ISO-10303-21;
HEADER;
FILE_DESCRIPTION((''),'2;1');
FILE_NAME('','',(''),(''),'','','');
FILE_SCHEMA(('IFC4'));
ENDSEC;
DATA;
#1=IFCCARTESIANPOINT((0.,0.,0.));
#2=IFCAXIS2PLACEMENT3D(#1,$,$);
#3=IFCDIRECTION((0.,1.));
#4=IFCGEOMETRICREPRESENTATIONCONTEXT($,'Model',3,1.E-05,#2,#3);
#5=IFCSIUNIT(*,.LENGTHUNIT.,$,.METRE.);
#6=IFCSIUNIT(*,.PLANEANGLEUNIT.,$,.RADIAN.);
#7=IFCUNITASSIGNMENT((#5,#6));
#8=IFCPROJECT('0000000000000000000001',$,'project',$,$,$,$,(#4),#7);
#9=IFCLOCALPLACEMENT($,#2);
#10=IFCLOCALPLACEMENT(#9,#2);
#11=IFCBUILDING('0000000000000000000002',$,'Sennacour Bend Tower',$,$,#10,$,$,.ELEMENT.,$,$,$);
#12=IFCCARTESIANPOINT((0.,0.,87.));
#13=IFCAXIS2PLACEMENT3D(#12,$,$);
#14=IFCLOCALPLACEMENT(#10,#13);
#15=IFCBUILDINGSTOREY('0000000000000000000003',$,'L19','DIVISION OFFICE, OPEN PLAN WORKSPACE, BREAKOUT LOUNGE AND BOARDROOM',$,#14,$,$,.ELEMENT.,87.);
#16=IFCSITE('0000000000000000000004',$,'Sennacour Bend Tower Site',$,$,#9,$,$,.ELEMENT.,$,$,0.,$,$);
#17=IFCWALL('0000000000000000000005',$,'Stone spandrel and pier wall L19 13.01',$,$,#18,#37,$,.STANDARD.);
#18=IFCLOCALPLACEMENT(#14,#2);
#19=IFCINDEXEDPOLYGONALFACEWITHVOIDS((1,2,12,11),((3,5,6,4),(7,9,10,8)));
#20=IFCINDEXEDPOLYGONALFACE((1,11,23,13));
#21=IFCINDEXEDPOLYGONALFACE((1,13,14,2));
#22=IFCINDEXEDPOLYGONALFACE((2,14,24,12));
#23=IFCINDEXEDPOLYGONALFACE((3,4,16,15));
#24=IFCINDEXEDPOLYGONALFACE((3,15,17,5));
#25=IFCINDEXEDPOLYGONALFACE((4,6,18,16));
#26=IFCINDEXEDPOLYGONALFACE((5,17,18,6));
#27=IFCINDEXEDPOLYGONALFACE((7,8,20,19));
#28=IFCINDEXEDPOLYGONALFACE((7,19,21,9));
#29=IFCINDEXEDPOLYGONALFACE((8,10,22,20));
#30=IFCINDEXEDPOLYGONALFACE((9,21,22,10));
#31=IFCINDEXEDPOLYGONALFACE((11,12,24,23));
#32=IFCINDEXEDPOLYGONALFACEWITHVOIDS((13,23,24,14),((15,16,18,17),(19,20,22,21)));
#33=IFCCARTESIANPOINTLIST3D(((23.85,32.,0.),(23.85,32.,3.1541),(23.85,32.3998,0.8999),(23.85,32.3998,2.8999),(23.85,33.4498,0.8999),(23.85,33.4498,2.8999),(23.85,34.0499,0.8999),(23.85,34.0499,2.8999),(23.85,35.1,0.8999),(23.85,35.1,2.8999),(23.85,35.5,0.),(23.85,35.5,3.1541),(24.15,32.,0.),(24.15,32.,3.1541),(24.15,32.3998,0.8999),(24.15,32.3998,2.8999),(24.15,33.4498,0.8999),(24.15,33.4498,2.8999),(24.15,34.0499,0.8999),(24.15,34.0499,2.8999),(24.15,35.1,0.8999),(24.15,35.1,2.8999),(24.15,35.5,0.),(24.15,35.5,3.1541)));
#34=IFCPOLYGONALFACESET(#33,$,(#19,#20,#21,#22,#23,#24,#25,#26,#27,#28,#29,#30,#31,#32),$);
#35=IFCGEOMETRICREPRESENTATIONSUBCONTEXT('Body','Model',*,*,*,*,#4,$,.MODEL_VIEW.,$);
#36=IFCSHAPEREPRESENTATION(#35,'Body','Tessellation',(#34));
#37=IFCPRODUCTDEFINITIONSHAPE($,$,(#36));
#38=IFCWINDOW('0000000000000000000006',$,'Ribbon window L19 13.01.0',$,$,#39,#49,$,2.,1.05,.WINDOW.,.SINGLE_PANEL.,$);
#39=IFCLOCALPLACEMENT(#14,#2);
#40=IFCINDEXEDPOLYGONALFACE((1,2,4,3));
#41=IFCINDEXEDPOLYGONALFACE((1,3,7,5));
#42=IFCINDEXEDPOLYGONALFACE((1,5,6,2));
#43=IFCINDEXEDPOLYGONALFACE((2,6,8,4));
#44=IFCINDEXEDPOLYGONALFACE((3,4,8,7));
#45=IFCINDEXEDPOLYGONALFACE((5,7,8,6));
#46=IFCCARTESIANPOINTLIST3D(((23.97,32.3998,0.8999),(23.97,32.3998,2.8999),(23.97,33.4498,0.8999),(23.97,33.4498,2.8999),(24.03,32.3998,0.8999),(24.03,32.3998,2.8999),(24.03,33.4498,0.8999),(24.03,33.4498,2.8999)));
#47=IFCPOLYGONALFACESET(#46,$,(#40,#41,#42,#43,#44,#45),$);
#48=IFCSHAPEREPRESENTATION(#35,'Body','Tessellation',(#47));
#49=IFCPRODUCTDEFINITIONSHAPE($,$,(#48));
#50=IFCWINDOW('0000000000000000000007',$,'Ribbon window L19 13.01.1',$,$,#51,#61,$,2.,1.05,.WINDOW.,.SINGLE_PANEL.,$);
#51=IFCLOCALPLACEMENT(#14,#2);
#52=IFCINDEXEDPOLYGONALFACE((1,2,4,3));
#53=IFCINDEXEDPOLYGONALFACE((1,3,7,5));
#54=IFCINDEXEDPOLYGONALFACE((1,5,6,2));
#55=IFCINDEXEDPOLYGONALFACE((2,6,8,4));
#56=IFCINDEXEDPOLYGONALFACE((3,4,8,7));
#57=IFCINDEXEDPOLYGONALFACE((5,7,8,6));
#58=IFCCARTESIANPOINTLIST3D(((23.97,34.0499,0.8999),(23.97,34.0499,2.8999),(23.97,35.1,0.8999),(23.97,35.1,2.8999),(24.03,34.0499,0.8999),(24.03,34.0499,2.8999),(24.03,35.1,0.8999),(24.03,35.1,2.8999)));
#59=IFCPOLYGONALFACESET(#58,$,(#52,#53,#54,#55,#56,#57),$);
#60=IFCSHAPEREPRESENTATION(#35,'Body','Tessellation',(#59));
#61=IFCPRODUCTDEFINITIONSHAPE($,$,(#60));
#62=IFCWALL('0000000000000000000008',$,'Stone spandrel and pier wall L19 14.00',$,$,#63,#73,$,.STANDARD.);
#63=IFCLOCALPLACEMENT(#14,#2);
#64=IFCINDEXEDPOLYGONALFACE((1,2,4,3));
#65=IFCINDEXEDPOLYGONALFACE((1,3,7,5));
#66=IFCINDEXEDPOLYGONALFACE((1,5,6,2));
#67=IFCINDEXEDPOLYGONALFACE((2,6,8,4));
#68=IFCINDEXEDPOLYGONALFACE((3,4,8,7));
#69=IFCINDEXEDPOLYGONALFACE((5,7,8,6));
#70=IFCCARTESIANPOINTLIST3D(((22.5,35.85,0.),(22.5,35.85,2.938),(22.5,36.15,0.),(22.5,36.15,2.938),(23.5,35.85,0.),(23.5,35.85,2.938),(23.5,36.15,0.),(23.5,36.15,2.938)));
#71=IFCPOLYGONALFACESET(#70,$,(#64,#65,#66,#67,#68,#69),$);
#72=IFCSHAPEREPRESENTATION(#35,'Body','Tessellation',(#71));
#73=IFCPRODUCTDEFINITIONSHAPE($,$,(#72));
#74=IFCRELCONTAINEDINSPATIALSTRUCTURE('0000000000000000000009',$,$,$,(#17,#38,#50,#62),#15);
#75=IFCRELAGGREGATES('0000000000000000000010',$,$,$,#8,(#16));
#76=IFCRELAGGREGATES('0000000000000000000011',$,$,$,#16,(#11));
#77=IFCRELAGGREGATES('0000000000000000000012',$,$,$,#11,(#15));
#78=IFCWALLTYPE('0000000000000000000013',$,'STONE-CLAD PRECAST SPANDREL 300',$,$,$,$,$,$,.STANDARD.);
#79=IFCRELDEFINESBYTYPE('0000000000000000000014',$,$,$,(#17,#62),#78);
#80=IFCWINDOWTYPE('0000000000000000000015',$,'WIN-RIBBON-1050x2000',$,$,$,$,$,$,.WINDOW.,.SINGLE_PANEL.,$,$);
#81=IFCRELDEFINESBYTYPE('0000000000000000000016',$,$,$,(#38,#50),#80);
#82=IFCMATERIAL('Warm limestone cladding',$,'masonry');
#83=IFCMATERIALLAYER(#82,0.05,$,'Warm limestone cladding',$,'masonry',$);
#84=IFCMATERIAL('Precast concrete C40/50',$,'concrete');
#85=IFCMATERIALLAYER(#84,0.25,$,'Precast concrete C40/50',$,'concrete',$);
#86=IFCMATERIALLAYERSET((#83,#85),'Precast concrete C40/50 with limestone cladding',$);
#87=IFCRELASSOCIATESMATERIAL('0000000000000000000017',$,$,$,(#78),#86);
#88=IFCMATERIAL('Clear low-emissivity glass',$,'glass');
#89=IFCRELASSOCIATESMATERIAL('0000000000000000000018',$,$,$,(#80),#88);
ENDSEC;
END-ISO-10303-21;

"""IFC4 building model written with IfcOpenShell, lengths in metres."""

from ifc_helpers import new_model, si_unit, direction, frame, frame_2d, origin, place, context, subcontext, project, spatial, rectangle, extrude, material, layer, layer_set, type_object, element, fill, save


model = new_model("IFC4")

# Units and contexts
model_context = context("Model", 3, precision=1e-05, world=origin(), true_north=direction((0.0, 1.0)))
body_context = subcontext(model_context, "Body", "Model", "MODEL_VIEW")
ifc_project = project(units=[si_unit("LENGTHUNIT", "METRE"), si_unit("PLANEANGLEUNIT", "RADIAN")], contexts=[model_context])

# Site, building, storey
site_placement = place(None, origin())
site = spatial("IfcSite", under=ifc_project, at=site_placement, Name="Sennacour Bend Tower Site", CompositionType="ELEMENT", RefElevation=0.0)
building_placement = place(site_placement, origin())
building = spatial("IfcBuilding", under=site, at=building_placement, Name="Sennacour Bend Tower", CompositionType="ELEMENT")
storey_placement = place(building_placement, frame((0.0, 0.0, 87.0)))
storey = spatial("IfcBuildingStorey", under=building, at=storey_placement, Name="L19", Description="DIVISION OFFICE, OPEN PLAN WORKSPACE, BREAKOUT LOUNGE AND BOARDROOM", CompositionType="ELEMENT", Elevation=87.0)

# Shared definitions
ifc_material_1 = material(Name="Warm limestone cladding", Category="masonry")
ifc_layer_1 = layer(ifc_material_1, 0.05, Name="Warm limestone cladding", Category="masonry")
ifc_material_2 = material(Name="Precast concrete C40/50", Category="concrete")
ifc_layer_2 = layer(ifc_material_2, 0.25, Name="Precast concrete C40/50", Category="concrete")
ifc_layer_set_1 = layer_set([ifc_layer_1, ifc_layer_2], Name="Precast concrete C40/50 with limestone cladding")
wall_type_1 = type_object("IfcWallType", Name="STONE-CLAD PRECAST SPANDREL 300", PredefinedType="STANDARD", material=ifc_layer_set_1)

# Wall, openings, windows
ifc_material_3 = material(Name="Clear low-emissivity glass", Category="glass")
window_type_1 = type_object("IfcWindowType", Name="WIN-RIBBON-1050x2000", PartitioningType="SINGLE_PANEL", PredefinedType="WINDOW", material=ifc_material_3)
wall_1_placement = place(storey_placement, frame((24.0, 32.0, 0.0), z_axis=(0.0, 0.0, 1.0), x_axis=(0.0, 1.0, 0.0)))
wall_1 = element("IfcWall", 1, at=wall_1_placement, inside=storey, type_object=wall_type_1, Name="Stone spandrel and pier wall L19 13.01", PredefinedType="STANDARD", context=body_context, shape_type="SweptSolid", body=[
    extrude(rectangle(XDim=3.5, YDim=0.3, at=frame_2d((1.75, 0.0))), origin(), (0.0, 0.0, 1.0), 3.1541),
])
opening_1_placement = place(wall_1_placement, frame((0.3999, 0.0, 0.8999)))
opening_1 = element("IfcOpeningElement", 2, at=opening_1_placement, cuts=wall_1, PredefinedType="OPENING", context=body_context, shape_type="SweptSolid", body=[
    extrude(rectangle(XDim=1.05, YDim=2.0, at=frame_2d((0.5249, 1.0))), frame((0.0, 0.1602, 0.0), z_axis=(0.0, -1.0, 0.0), x_axis=(1.0, 0.0, 0.0)), (0.0, 0.0, 1.0), 0.3201),
])
opening_2_placement = place(wall_1_placement, frame((2.05, 0.0, 0.8999)))
opening_2 = element("IfcOpeningElement", 3, at=opening_2_placement, cuts=wall_1, PredefinedType="OPENING", context=body_context, shape_type="SweptSolid", body=[
    extrude(rectangle(XDim=1.05, YDim=2.0, at=frame_2d((0.5249, 1.0))), frame((0.0, 0.1602, 0.0), z_axis=(0.0, -1.0, 0.0), x_axis=(1.0, 0.0, 0.0)), (0.0, 0.0, 1.0), 0.3201),
])
window_1_placement = place(opening_1_placement, origin())
window_1 = element("IfcWindow", 4, at=window_1_placement, inside=storey, type_object=window_type_1, Name="Ribbon window L19 13.01.0", OverallHeight=2.0, OverallWidth=1.05, PartitioningType="SINGLE_PANEL", PredefinedType="WINDOW", context=body_context, shape_type="SweptSolid", body=[
    extrude(rectangle(XDim=1.05, YDim=2.0, at=frame_2d((0.5249, 1.0))), frame((0.0, 0.03, 0.0), z_axis=(0.0, -1.0, 0.0), x_axis=(1.0, 0.0, 0.0)), (0.0, 0.0, 1.0), 0.0601),
])
fill(opening_1, window_1)
window_2_placement = place(opening_2_placement, origin())
window_2 = element("IfcWindow", 5, at=window_2_placement, inside=storey, type_object=window_type_1, Name="Ribbon window L19 13.01.1", OverallHeight=2.0, OverallWidth=1.05, PartitioningType="SINGLE_PANEL", PredefinedType="WINDOW", context=body_context, shape_type="SweptSolid", body=[
    extrude(rectangle(XDim=1.05, YDim=2.0, at=frame_2d((0.5249, 1.0))), frame((0.0, 0.03, 0.0), z_axis=(0.0, -1.0, 0.0), x_axis=(1.0, 0.0, 0.0)), (0.0, 0.0, 1.0), 0.0601),
])
fill(opening_2, window_2)

# Wall
wall_2_placement = place(storey_placement, frame((23.5, 36.0, 0.0), z_axis=(0.0, 0.0, 1.0), x_axis=(-1.0, 0.0, 0.0)))
element("IfcWall", 6, at=wall_2_placement, inside=storey, type_object=wall_type_1, Name="Stone spandrel and pier wall L19 14.00", PredefinedType="STANDARD", context=body_context, shape_type="SweptSolid", body=[
    extrude(rectangle(XDim=1.0, YDim=0.3, at=frame_2d((0.5, 0.0))), origin(), (0.0, 0.0, 1.0), 2.938),
])

save(model, "model.ifc")
